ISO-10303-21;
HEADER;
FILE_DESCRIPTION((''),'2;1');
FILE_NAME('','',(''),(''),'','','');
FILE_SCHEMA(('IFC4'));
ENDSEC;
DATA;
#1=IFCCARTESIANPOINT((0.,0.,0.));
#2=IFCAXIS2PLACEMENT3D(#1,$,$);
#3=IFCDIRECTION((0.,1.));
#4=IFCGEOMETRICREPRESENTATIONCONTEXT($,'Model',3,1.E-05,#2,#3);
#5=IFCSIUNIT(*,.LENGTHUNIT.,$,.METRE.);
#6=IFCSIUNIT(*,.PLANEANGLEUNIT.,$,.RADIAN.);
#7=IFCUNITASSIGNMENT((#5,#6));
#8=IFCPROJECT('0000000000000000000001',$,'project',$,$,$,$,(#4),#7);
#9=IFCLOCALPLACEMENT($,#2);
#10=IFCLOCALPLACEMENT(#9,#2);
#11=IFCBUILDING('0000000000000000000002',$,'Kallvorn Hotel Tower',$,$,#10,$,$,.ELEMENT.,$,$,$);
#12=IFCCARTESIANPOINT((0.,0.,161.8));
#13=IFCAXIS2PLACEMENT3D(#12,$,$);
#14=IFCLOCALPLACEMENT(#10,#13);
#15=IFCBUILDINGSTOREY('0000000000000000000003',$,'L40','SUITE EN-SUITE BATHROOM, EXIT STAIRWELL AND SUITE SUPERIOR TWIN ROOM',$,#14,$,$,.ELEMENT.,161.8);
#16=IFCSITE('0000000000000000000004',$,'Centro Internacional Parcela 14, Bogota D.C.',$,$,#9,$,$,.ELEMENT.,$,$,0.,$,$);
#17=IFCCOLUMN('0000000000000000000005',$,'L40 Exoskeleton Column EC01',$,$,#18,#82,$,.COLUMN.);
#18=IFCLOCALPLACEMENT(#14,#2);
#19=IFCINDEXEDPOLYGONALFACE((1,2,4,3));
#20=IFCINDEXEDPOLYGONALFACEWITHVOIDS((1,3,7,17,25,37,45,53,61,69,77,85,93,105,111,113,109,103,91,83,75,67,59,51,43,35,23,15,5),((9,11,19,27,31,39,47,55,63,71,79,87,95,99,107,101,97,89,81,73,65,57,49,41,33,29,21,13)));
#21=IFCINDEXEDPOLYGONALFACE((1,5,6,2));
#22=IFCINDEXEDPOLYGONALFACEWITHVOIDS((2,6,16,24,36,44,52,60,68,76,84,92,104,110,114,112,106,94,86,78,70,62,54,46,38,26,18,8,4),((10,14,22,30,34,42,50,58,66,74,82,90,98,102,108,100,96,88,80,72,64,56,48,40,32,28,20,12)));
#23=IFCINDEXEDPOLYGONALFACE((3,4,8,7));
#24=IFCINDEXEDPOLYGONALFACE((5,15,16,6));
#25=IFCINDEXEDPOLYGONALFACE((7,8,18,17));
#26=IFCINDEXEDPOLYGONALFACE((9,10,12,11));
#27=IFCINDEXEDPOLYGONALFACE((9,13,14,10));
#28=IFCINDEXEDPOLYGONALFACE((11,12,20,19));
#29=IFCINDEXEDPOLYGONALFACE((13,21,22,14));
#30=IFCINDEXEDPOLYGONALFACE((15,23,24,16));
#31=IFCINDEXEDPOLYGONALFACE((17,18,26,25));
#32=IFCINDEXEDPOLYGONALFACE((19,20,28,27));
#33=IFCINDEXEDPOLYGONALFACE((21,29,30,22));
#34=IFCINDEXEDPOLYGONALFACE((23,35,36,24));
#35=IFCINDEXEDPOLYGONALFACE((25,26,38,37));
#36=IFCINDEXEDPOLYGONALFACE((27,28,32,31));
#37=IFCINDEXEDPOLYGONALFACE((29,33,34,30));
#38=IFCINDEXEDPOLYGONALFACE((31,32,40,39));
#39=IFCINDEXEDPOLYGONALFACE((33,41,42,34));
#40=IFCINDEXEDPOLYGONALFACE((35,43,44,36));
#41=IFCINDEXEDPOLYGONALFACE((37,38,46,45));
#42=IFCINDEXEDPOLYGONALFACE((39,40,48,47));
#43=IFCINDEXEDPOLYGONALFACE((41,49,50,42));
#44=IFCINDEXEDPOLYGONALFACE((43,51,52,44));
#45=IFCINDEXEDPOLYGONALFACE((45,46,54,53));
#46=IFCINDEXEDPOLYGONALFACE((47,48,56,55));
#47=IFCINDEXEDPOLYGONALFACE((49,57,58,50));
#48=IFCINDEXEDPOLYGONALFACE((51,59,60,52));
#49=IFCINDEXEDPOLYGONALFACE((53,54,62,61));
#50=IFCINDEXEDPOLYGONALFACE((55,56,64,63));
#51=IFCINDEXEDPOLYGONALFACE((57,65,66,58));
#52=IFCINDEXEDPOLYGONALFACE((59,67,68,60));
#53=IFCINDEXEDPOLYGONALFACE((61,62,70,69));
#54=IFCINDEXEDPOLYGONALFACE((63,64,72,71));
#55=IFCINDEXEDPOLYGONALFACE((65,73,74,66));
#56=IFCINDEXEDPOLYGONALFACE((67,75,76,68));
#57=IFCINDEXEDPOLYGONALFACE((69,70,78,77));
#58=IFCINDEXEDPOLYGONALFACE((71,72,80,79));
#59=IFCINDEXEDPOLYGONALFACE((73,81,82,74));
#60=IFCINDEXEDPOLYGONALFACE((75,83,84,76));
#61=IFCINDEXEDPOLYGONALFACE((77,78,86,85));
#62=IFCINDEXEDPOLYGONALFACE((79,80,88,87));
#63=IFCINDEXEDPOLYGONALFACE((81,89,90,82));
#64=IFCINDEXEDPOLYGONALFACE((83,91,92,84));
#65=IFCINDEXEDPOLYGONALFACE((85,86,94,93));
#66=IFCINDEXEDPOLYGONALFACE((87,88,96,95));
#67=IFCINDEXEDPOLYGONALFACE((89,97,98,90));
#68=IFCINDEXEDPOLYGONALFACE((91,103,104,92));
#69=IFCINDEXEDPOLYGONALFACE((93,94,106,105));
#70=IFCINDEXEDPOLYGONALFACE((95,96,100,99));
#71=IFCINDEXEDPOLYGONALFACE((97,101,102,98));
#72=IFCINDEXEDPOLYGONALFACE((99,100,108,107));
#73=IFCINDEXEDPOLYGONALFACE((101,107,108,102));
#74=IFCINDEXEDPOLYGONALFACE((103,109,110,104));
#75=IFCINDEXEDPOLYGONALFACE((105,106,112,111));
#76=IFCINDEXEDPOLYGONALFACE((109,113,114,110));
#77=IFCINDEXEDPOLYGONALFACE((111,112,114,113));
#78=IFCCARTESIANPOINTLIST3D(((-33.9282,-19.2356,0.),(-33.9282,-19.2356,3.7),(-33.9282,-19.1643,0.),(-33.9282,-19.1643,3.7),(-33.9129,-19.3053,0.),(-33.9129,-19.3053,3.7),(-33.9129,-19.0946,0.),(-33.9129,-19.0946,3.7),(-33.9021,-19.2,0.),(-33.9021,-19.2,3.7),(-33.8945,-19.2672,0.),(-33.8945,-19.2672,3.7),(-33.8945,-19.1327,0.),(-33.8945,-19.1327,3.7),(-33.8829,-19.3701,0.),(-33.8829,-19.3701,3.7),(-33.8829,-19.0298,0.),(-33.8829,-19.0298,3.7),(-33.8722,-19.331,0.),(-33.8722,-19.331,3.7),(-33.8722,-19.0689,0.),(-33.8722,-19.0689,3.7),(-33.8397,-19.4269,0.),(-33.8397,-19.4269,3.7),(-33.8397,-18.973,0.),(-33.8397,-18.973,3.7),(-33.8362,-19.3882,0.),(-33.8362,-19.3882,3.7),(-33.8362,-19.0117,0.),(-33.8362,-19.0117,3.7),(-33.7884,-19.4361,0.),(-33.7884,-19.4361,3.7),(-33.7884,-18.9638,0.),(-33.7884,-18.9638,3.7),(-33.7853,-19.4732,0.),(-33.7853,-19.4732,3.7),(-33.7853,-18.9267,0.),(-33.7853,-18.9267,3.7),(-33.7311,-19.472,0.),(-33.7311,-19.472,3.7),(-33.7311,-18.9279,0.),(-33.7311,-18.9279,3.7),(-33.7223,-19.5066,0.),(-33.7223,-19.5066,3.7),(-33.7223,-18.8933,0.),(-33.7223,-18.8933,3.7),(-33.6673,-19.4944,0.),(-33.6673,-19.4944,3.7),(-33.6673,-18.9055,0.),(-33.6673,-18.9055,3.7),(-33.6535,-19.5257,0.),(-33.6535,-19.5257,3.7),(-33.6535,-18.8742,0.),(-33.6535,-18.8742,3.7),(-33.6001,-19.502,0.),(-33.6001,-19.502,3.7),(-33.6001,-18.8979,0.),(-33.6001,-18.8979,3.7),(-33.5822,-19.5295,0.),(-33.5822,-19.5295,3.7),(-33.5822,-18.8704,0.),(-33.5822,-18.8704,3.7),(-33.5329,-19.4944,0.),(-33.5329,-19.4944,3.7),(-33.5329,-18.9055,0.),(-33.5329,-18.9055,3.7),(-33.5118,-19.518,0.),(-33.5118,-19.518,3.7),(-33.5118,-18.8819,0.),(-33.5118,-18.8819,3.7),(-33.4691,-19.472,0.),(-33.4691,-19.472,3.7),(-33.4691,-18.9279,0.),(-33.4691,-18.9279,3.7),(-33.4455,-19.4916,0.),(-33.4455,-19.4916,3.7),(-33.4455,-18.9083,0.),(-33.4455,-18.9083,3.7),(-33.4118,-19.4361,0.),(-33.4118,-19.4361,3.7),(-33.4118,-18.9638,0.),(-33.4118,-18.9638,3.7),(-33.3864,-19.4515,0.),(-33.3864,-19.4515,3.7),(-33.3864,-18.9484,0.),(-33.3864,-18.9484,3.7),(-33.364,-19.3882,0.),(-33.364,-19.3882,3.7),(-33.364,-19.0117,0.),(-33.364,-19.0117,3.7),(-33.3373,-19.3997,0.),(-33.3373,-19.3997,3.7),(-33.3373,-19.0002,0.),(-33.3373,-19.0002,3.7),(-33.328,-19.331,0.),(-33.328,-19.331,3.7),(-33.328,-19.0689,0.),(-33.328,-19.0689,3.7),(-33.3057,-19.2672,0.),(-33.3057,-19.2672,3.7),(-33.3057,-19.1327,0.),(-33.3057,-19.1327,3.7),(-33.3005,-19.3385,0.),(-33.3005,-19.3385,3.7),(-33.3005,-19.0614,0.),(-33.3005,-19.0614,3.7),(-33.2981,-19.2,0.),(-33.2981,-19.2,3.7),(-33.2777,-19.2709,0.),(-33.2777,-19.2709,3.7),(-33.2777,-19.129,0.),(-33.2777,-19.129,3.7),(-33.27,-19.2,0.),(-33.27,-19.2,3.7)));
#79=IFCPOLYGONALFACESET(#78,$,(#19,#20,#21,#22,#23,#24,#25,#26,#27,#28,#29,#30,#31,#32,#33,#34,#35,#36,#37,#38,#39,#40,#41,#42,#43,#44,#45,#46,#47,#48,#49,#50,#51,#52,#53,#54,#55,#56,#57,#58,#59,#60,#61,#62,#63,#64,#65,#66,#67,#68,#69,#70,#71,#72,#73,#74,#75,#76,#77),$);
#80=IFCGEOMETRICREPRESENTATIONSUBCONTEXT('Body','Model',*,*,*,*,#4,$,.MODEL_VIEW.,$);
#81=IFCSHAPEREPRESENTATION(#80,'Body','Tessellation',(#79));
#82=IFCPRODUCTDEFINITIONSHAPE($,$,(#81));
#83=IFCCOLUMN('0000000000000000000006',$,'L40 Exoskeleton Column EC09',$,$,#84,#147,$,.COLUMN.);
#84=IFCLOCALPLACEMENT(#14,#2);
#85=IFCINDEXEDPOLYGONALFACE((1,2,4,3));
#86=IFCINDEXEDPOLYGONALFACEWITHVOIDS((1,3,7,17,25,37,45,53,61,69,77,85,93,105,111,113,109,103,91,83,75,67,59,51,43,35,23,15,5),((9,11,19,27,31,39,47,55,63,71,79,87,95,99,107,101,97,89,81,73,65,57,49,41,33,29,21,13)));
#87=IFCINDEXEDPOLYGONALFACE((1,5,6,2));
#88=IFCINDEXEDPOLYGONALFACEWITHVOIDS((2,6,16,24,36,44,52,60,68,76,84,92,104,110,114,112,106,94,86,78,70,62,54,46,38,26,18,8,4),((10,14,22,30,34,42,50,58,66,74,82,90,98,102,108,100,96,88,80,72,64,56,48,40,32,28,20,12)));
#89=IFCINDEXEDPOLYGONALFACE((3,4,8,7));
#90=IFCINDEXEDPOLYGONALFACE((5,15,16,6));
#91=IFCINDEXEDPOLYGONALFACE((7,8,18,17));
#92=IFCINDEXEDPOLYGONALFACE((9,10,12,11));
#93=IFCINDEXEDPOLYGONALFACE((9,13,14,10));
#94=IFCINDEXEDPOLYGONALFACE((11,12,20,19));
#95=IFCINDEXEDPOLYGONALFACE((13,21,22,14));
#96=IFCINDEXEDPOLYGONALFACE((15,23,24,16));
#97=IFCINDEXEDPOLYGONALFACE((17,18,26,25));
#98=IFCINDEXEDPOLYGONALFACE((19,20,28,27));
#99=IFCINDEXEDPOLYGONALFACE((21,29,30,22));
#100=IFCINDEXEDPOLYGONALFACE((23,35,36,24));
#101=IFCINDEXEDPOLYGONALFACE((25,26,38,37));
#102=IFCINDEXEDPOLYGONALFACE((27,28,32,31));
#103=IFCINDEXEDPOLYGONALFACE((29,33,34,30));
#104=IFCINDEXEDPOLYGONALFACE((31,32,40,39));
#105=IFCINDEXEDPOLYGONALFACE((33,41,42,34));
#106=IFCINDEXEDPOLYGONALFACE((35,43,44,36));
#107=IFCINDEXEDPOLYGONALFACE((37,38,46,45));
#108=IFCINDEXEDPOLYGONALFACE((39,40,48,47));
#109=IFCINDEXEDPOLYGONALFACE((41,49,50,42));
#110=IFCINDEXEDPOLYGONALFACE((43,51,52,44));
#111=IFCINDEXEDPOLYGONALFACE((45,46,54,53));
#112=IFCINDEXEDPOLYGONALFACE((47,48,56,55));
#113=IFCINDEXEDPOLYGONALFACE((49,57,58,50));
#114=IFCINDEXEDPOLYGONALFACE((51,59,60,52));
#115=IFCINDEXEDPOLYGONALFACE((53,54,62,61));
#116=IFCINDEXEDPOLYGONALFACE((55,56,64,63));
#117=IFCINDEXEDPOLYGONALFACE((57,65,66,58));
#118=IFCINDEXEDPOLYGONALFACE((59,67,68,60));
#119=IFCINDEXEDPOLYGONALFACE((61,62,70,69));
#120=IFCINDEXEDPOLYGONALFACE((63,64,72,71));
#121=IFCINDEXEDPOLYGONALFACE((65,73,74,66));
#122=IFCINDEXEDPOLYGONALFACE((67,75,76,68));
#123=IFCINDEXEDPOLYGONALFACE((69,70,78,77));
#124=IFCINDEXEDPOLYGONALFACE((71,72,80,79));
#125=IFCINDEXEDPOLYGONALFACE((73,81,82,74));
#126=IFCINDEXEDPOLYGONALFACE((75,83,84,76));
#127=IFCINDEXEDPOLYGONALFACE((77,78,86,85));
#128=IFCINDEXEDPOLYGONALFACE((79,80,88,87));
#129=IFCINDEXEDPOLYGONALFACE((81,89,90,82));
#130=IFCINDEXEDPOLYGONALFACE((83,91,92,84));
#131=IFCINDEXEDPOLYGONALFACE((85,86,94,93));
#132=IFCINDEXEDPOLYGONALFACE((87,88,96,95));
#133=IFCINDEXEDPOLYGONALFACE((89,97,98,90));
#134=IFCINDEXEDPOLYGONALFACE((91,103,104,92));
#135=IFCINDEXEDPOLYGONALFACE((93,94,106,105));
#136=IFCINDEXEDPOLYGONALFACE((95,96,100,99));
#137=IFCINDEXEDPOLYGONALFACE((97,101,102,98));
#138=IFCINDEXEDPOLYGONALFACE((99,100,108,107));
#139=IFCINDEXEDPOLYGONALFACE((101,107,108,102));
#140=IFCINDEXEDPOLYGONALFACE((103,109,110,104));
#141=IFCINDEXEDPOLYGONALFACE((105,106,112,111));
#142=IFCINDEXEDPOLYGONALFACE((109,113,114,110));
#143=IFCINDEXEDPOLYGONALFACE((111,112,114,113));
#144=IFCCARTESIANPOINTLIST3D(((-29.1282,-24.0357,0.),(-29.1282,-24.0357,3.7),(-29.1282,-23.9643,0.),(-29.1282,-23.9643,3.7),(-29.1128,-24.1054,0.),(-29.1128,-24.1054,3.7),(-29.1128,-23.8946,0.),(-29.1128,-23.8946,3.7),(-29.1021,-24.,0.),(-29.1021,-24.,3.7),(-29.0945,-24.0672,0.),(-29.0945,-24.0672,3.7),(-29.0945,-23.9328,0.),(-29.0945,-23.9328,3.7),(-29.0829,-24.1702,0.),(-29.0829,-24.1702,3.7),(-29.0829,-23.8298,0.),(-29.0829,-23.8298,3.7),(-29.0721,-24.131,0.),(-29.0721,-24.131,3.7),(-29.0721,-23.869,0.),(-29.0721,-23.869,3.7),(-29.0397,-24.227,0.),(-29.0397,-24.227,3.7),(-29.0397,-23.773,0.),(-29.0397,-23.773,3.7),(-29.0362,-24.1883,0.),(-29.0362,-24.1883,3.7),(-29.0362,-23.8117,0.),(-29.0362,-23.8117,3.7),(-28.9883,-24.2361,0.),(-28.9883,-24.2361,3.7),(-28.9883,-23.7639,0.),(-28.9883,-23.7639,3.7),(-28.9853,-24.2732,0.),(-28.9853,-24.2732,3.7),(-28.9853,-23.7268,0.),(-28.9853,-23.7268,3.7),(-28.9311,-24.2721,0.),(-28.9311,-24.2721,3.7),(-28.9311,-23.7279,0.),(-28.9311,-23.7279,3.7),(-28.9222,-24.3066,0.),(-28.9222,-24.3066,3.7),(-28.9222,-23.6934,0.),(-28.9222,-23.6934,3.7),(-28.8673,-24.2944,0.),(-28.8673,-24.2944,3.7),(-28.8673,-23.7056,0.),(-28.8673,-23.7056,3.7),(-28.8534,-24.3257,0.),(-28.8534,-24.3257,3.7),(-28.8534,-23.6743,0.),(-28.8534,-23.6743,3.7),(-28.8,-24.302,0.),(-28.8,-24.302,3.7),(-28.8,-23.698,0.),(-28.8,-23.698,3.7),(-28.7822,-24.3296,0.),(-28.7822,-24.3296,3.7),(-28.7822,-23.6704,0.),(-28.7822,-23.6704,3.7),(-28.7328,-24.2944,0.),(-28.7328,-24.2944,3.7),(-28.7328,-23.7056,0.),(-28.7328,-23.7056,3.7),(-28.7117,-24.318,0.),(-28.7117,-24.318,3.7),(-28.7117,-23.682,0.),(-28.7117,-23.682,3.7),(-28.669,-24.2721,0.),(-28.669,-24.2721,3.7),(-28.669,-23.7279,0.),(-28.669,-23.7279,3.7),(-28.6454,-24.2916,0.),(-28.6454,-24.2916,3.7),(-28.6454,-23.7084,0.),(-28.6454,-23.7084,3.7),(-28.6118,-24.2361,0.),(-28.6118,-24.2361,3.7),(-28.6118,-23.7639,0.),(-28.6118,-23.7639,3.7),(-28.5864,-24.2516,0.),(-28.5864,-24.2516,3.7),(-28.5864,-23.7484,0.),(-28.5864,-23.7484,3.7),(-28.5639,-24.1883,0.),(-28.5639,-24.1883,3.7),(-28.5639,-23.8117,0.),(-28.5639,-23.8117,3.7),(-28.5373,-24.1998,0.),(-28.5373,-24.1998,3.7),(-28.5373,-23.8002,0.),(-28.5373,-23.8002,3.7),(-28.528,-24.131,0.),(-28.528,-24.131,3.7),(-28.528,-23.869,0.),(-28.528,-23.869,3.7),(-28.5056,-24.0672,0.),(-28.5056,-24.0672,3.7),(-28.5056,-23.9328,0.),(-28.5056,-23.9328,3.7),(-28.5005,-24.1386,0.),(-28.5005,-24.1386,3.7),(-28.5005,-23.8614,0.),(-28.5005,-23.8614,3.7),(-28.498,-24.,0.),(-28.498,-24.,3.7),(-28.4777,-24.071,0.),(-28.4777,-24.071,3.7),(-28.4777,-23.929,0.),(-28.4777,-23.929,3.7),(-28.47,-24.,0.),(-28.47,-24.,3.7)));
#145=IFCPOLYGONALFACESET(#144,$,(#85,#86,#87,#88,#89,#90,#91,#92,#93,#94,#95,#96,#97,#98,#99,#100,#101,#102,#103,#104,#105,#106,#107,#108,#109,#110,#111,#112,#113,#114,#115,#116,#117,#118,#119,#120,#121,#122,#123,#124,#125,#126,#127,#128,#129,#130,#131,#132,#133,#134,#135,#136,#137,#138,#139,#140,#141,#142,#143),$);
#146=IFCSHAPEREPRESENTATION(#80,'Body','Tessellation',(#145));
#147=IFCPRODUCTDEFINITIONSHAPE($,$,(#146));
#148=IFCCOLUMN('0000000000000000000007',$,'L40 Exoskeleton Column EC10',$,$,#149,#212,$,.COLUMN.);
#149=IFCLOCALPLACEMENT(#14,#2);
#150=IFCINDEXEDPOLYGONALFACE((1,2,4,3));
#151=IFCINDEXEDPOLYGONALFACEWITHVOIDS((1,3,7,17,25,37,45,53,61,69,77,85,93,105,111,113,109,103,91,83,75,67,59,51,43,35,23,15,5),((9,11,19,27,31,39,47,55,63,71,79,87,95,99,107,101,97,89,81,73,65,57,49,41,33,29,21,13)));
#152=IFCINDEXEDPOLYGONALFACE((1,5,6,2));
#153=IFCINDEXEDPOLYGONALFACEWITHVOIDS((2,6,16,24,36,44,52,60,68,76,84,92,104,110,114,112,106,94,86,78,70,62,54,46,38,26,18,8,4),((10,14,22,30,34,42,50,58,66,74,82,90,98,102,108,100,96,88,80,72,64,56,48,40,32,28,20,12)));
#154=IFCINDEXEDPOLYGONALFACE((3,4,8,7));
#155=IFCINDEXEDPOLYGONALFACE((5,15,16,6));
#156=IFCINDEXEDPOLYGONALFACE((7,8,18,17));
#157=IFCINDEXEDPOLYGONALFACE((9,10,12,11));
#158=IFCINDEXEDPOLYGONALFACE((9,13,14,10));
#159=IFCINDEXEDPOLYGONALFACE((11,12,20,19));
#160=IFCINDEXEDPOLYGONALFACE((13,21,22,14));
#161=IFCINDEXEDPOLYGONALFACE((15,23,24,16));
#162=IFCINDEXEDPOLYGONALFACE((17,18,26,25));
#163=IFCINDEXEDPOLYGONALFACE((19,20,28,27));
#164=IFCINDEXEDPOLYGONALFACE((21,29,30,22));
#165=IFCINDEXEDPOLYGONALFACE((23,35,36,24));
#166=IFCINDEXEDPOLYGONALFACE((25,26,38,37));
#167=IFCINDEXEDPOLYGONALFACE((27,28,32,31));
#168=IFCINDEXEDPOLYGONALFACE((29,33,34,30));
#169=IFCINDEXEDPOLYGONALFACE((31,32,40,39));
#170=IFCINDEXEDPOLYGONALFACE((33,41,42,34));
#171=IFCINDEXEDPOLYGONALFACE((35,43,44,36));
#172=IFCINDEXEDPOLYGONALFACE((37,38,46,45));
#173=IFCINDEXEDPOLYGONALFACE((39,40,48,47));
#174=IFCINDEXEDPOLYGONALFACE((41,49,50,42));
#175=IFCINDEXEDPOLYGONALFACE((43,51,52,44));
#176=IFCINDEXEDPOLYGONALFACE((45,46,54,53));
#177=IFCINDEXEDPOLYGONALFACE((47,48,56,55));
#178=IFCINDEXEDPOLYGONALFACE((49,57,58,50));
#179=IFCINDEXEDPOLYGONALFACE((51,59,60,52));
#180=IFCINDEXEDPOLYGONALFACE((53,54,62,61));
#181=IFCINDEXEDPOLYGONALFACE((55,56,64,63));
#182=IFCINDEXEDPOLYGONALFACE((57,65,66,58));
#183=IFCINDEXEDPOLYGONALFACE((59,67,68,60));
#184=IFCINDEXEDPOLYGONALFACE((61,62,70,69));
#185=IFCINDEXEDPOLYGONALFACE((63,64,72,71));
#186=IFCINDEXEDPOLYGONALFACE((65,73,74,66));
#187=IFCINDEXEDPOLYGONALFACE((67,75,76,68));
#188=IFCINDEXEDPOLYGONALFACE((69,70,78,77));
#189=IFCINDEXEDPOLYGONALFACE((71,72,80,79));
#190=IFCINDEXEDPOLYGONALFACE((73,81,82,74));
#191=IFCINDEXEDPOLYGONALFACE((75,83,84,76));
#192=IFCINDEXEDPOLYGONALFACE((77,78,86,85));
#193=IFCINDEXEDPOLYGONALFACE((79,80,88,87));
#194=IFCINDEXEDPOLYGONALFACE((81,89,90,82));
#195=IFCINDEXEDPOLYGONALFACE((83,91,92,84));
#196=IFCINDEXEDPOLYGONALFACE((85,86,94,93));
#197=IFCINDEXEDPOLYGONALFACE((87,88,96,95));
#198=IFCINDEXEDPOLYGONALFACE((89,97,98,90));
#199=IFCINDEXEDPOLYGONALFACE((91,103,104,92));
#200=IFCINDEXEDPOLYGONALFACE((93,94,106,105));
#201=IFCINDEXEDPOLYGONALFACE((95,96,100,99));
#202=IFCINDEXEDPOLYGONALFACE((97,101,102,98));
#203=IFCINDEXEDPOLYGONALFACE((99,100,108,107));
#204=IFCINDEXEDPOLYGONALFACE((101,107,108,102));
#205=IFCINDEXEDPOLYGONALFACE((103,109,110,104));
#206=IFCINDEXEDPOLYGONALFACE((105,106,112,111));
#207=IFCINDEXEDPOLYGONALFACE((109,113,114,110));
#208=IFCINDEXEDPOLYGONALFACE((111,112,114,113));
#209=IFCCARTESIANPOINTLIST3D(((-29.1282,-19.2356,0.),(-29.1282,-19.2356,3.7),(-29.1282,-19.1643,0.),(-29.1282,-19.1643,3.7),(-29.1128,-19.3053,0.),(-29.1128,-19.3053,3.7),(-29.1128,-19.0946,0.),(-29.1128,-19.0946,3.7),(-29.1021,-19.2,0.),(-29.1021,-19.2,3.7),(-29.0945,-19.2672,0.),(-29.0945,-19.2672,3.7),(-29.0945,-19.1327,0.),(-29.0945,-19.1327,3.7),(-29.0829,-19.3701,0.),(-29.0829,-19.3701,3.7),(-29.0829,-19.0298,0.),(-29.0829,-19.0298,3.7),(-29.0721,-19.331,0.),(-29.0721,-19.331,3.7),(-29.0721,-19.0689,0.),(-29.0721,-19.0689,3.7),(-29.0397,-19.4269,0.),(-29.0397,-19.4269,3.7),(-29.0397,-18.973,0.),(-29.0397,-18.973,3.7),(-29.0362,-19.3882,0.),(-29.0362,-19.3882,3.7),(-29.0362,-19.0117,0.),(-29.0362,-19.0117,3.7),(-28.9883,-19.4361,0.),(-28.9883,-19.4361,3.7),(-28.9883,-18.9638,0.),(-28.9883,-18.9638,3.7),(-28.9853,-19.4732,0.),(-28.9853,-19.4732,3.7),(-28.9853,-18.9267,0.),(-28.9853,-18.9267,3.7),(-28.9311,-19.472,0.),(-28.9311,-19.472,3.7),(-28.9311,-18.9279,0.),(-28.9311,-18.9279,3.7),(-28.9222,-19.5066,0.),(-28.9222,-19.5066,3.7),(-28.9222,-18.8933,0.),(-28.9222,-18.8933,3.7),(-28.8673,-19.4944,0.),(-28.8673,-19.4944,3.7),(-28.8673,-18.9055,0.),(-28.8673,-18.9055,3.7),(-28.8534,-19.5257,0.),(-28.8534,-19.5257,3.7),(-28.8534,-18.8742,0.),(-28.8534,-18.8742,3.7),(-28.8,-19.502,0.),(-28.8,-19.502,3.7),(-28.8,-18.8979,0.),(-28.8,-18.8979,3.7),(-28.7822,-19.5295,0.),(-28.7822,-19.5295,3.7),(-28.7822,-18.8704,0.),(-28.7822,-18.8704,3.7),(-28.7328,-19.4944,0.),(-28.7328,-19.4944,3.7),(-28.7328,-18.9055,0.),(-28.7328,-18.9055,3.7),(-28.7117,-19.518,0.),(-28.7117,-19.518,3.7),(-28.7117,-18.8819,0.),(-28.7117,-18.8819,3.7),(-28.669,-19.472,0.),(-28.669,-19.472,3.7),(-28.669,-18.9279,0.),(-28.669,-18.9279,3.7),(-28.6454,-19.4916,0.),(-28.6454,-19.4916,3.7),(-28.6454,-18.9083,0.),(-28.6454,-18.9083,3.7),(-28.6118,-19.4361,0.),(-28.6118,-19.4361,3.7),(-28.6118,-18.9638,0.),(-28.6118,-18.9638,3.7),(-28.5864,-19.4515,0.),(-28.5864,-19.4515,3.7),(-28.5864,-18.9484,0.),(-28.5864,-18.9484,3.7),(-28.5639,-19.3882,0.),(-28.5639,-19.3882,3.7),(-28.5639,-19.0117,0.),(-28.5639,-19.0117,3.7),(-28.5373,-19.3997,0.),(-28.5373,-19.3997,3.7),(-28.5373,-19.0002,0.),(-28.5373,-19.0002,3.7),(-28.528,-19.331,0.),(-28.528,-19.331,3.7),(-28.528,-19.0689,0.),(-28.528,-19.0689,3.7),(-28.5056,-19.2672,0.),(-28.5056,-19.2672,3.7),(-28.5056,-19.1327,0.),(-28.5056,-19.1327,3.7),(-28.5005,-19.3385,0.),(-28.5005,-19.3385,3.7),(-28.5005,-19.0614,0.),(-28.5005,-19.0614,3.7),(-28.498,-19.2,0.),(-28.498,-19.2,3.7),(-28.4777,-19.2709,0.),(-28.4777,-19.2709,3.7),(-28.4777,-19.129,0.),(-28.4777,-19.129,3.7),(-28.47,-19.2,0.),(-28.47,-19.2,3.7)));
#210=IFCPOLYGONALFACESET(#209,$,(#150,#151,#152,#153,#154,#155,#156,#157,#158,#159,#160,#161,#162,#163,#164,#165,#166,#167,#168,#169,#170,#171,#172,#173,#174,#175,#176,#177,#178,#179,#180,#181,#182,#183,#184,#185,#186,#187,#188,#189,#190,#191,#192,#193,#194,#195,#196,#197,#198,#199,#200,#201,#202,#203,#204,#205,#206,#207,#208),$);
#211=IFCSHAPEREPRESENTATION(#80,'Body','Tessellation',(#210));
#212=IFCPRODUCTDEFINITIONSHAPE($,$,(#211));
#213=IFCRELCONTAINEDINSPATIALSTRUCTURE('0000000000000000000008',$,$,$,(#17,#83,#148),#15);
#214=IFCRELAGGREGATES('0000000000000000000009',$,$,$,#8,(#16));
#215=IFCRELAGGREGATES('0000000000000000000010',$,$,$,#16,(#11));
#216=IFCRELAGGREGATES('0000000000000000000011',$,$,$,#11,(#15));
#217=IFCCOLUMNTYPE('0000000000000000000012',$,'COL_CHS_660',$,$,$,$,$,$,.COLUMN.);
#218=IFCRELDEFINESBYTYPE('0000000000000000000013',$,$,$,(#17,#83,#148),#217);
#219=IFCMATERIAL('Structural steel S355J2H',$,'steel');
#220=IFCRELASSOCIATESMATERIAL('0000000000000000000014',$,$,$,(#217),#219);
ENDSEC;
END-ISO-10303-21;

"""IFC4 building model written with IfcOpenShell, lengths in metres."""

from ifc_helpers import new_model, si_unit, direction, frame, origin, origin_2d, place, context, subcontext, project, spatial, hollow_circle, extrude, material, material_profile, profile_set, type_object, element, save


model = new_model("IFC4")

# Units and contexts
model_context = context("Model", 3, precision=1e-05, world=origin(), true_north=direction((0.0, 1.0)))
body_context = subcontext(model_context, "Body", "Model", "MODEL_VIEW")
ifc_project = project(units=[si_unit("LENGTHUNIT", "METRE"), si_unit("PLANEANGLEUNIT", "RADIAN")], contexts=[model_context])

# Site, building, storey
site_placement = place(None, origin())
site = spatial("IfcSite", under=ifc_project, at=site_placement, Name="Centro Internacional Parcela 14, Bogota D.C.", CompositionType="ELEMENT", RefElevation=0.0)
building_placement = place(site_placement, origin())
building = spatial("IfcBuilding", under=site, at=building_placement, Name="Kallvorn Hotel Tower", CompositionType="ELEMENT")
storey_placement = place(building_placement, frame((0.0, 0.0, 161.8)))
storey = spatial("IfcBuildingStorey", under=building, at=storey_placement, Name="L40", Description="SUITE EN-SUITE BATHROOM, EXIT STAIRWELL AND SUITE SUPERIOR TWIN ROOM", CompositionType="ELEMENT", Elevation=161.8)

# Columns
ifc_material_1 = material(Name="Structural steel S355J2H", Category="steel")
ifc_material_profile_1 = material_profile(ifc_material_1, hollow_circle(Radius=0.3301, WallThickness=0.0281, at=origin_2d()), Name="CHS 660x28")
ifc_profile_set_1 = profile_set([ifc_material_profile_1], Name="Structural steel S355J2H")
column_type = type_object("IfcColumnType", Name="COL_CHS_660", PredefinedType="COLUMN", material=ifc_profile_set_1)
for number, where, z_axis, x_axis, name in (
    (1, (-33.6001, -19.2, 0.0), (0.0, 0.0, 1.0), (1.0, 0.0, 0.0), "L40 Exoskeleton Column EC01"),
    (2, (-28.8, -24.0, 0.0), (0.0, 0.0, 1.0), (1.0, 0.0, 0.0), "L40 Exoskeleton Column EC09"),
    (3, (-28.8, -19.2, 0.0), (0.0, 0.0, 1.0), (1.0, 0.0, 0.0), "L40 Exoskeleton Column EC10"),
):
    element("IfcColumn", number, at=place(storey_placement, frame(where, z_axis=z_axis, x_axis=x_axis)), inside=storey, type_object=column_type, Name=name, PredefinedType="COLUMN", context=body_context, shape_type="SweptSolid", body=[
        extrude(hollow_circle(Radius=0.3301, WallThickness=0.0281, at=origin_2d()), origin(), (0.0, 0.0, 1.0), 3.7),
    ])

save(model, "model.ifc")
